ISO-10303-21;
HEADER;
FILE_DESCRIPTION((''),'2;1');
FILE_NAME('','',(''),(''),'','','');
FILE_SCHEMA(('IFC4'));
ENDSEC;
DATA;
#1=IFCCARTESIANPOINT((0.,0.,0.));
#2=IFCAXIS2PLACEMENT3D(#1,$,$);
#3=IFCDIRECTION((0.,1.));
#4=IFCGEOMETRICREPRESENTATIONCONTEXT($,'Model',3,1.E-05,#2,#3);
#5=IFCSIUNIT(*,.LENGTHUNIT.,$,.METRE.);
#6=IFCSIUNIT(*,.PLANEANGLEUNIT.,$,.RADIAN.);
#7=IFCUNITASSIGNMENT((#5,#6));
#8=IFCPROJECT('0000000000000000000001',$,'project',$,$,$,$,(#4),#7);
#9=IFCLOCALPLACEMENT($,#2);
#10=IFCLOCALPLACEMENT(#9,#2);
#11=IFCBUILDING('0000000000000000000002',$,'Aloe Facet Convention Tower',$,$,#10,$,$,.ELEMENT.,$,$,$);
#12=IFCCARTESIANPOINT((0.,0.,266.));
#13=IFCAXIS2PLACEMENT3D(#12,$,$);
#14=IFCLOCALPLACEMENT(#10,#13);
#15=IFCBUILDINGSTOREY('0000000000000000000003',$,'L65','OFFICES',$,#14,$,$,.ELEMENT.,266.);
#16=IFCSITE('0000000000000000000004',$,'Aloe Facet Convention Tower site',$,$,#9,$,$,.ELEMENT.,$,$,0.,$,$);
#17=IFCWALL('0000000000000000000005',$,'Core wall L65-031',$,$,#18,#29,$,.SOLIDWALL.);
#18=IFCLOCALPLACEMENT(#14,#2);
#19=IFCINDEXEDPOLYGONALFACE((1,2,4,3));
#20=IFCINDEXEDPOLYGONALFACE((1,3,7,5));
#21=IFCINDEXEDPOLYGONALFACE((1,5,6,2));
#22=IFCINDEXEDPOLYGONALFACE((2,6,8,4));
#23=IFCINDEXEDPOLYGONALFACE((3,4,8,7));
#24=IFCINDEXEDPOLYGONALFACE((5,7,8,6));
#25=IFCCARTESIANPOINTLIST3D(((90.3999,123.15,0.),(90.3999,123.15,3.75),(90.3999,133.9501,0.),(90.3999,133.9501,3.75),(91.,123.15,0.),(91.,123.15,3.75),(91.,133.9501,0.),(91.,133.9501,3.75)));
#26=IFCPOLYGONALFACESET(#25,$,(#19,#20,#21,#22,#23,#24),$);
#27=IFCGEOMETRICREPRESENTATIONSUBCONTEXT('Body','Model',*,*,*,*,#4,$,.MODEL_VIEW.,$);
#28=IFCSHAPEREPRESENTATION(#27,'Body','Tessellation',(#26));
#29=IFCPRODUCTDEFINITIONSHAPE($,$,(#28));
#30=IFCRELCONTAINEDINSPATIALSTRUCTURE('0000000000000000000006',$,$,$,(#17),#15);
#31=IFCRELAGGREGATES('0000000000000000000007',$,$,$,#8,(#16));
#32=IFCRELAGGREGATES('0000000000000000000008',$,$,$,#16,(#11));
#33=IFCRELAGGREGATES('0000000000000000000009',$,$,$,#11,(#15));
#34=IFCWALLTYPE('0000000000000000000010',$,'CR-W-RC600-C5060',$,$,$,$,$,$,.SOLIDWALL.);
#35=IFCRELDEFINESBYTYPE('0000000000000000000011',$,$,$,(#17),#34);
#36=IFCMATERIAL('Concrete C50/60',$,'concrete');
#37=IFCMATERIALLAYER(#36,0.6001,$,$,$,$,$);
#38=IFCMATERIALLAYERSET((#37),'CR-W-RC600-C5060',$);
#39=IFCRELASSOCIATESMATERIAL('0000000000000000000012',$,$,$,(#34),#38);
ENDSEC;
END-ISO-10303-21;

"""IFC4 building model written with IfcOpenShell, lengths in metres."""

from ifc_helpers import new_model, si_unit, direction, frame, frame_2d, origin, place, context, subcontext, project, spatial, rectangle, extrude, material, layer, layer_set, type_object, element, save


model = new_model("IFC4")

# Units and contexts
model_context = context("Model", 3, precision=1e-05, world=origin(), true_north=direction((0.0, 1.0)))
body_context = subcontext(model_context, "Body", "Model", "MODEL_VIEW")
ifc_project = project(units=[si_unit("LENGTHUNIT", "METRE"), si_unit("PLANEANGLEUNIT", "RADIAN")], contexts=[model_context])

# Site, building, storey
site_placement = place(None, origin())
site = spatial("IfcSite", under=ifc_project, at=site_placement, Name="Aloe Facet Convention Tower site", CompositionType="ELEMENT", RefElevation=0.0)
building_placement = place(site_placement, origin())
building = spatial("IfcBuilding", under=site, at=building_placement, Name="Aloe Facet Convention Tower", CompositionType="ELEMENT")
storey_placement = place(building_placement, frame((0.0, 0.0, 266.0)))
storey = spatial("IfcBuildingStorey", under=building, at=storey_placement, Name="L65", Description="OFFICES", CompositionType="ELEMENT", Elevation=266.0)

# Wall
ifc_material_1 = material(Name="Concrete C50/60", Category="concrete")
ifc_layer_1 = layer(ifc_material_1, 0.6001)
ifc_layer_set_1 = layer_set([ifc_layer_1], Name="CR-W-RC600-C5060")
wall_type_1 = type_object("IfcWallType", Name="CR-W-RC600-C5060", PredefinedType="SOLIDWALL", material=ifc_layer_set_1)
wall_1_placement = place(storey_placement, frame((90.7, 133.95, 0.0), z_axis=(0.0, 0.0, 1.0), x_axis=(0.0, -1.0, 0.0)))
element("IfcWall", 1, at=wall_1_placement, inside=storey, type_object=wall_type_1, Name="Core wall L65-031", PredefinedType="SOLIDWALL", context=body_context, shape_type="SweptSolid", body=[
    extrude(rectangle(XDim=10.8, YDim=0.6001, at=frame_2d((5.3999, 0.0))), origin(), (0.0, 0.0, 1.0), 3.75),
])

save(model, "model.ifc")
